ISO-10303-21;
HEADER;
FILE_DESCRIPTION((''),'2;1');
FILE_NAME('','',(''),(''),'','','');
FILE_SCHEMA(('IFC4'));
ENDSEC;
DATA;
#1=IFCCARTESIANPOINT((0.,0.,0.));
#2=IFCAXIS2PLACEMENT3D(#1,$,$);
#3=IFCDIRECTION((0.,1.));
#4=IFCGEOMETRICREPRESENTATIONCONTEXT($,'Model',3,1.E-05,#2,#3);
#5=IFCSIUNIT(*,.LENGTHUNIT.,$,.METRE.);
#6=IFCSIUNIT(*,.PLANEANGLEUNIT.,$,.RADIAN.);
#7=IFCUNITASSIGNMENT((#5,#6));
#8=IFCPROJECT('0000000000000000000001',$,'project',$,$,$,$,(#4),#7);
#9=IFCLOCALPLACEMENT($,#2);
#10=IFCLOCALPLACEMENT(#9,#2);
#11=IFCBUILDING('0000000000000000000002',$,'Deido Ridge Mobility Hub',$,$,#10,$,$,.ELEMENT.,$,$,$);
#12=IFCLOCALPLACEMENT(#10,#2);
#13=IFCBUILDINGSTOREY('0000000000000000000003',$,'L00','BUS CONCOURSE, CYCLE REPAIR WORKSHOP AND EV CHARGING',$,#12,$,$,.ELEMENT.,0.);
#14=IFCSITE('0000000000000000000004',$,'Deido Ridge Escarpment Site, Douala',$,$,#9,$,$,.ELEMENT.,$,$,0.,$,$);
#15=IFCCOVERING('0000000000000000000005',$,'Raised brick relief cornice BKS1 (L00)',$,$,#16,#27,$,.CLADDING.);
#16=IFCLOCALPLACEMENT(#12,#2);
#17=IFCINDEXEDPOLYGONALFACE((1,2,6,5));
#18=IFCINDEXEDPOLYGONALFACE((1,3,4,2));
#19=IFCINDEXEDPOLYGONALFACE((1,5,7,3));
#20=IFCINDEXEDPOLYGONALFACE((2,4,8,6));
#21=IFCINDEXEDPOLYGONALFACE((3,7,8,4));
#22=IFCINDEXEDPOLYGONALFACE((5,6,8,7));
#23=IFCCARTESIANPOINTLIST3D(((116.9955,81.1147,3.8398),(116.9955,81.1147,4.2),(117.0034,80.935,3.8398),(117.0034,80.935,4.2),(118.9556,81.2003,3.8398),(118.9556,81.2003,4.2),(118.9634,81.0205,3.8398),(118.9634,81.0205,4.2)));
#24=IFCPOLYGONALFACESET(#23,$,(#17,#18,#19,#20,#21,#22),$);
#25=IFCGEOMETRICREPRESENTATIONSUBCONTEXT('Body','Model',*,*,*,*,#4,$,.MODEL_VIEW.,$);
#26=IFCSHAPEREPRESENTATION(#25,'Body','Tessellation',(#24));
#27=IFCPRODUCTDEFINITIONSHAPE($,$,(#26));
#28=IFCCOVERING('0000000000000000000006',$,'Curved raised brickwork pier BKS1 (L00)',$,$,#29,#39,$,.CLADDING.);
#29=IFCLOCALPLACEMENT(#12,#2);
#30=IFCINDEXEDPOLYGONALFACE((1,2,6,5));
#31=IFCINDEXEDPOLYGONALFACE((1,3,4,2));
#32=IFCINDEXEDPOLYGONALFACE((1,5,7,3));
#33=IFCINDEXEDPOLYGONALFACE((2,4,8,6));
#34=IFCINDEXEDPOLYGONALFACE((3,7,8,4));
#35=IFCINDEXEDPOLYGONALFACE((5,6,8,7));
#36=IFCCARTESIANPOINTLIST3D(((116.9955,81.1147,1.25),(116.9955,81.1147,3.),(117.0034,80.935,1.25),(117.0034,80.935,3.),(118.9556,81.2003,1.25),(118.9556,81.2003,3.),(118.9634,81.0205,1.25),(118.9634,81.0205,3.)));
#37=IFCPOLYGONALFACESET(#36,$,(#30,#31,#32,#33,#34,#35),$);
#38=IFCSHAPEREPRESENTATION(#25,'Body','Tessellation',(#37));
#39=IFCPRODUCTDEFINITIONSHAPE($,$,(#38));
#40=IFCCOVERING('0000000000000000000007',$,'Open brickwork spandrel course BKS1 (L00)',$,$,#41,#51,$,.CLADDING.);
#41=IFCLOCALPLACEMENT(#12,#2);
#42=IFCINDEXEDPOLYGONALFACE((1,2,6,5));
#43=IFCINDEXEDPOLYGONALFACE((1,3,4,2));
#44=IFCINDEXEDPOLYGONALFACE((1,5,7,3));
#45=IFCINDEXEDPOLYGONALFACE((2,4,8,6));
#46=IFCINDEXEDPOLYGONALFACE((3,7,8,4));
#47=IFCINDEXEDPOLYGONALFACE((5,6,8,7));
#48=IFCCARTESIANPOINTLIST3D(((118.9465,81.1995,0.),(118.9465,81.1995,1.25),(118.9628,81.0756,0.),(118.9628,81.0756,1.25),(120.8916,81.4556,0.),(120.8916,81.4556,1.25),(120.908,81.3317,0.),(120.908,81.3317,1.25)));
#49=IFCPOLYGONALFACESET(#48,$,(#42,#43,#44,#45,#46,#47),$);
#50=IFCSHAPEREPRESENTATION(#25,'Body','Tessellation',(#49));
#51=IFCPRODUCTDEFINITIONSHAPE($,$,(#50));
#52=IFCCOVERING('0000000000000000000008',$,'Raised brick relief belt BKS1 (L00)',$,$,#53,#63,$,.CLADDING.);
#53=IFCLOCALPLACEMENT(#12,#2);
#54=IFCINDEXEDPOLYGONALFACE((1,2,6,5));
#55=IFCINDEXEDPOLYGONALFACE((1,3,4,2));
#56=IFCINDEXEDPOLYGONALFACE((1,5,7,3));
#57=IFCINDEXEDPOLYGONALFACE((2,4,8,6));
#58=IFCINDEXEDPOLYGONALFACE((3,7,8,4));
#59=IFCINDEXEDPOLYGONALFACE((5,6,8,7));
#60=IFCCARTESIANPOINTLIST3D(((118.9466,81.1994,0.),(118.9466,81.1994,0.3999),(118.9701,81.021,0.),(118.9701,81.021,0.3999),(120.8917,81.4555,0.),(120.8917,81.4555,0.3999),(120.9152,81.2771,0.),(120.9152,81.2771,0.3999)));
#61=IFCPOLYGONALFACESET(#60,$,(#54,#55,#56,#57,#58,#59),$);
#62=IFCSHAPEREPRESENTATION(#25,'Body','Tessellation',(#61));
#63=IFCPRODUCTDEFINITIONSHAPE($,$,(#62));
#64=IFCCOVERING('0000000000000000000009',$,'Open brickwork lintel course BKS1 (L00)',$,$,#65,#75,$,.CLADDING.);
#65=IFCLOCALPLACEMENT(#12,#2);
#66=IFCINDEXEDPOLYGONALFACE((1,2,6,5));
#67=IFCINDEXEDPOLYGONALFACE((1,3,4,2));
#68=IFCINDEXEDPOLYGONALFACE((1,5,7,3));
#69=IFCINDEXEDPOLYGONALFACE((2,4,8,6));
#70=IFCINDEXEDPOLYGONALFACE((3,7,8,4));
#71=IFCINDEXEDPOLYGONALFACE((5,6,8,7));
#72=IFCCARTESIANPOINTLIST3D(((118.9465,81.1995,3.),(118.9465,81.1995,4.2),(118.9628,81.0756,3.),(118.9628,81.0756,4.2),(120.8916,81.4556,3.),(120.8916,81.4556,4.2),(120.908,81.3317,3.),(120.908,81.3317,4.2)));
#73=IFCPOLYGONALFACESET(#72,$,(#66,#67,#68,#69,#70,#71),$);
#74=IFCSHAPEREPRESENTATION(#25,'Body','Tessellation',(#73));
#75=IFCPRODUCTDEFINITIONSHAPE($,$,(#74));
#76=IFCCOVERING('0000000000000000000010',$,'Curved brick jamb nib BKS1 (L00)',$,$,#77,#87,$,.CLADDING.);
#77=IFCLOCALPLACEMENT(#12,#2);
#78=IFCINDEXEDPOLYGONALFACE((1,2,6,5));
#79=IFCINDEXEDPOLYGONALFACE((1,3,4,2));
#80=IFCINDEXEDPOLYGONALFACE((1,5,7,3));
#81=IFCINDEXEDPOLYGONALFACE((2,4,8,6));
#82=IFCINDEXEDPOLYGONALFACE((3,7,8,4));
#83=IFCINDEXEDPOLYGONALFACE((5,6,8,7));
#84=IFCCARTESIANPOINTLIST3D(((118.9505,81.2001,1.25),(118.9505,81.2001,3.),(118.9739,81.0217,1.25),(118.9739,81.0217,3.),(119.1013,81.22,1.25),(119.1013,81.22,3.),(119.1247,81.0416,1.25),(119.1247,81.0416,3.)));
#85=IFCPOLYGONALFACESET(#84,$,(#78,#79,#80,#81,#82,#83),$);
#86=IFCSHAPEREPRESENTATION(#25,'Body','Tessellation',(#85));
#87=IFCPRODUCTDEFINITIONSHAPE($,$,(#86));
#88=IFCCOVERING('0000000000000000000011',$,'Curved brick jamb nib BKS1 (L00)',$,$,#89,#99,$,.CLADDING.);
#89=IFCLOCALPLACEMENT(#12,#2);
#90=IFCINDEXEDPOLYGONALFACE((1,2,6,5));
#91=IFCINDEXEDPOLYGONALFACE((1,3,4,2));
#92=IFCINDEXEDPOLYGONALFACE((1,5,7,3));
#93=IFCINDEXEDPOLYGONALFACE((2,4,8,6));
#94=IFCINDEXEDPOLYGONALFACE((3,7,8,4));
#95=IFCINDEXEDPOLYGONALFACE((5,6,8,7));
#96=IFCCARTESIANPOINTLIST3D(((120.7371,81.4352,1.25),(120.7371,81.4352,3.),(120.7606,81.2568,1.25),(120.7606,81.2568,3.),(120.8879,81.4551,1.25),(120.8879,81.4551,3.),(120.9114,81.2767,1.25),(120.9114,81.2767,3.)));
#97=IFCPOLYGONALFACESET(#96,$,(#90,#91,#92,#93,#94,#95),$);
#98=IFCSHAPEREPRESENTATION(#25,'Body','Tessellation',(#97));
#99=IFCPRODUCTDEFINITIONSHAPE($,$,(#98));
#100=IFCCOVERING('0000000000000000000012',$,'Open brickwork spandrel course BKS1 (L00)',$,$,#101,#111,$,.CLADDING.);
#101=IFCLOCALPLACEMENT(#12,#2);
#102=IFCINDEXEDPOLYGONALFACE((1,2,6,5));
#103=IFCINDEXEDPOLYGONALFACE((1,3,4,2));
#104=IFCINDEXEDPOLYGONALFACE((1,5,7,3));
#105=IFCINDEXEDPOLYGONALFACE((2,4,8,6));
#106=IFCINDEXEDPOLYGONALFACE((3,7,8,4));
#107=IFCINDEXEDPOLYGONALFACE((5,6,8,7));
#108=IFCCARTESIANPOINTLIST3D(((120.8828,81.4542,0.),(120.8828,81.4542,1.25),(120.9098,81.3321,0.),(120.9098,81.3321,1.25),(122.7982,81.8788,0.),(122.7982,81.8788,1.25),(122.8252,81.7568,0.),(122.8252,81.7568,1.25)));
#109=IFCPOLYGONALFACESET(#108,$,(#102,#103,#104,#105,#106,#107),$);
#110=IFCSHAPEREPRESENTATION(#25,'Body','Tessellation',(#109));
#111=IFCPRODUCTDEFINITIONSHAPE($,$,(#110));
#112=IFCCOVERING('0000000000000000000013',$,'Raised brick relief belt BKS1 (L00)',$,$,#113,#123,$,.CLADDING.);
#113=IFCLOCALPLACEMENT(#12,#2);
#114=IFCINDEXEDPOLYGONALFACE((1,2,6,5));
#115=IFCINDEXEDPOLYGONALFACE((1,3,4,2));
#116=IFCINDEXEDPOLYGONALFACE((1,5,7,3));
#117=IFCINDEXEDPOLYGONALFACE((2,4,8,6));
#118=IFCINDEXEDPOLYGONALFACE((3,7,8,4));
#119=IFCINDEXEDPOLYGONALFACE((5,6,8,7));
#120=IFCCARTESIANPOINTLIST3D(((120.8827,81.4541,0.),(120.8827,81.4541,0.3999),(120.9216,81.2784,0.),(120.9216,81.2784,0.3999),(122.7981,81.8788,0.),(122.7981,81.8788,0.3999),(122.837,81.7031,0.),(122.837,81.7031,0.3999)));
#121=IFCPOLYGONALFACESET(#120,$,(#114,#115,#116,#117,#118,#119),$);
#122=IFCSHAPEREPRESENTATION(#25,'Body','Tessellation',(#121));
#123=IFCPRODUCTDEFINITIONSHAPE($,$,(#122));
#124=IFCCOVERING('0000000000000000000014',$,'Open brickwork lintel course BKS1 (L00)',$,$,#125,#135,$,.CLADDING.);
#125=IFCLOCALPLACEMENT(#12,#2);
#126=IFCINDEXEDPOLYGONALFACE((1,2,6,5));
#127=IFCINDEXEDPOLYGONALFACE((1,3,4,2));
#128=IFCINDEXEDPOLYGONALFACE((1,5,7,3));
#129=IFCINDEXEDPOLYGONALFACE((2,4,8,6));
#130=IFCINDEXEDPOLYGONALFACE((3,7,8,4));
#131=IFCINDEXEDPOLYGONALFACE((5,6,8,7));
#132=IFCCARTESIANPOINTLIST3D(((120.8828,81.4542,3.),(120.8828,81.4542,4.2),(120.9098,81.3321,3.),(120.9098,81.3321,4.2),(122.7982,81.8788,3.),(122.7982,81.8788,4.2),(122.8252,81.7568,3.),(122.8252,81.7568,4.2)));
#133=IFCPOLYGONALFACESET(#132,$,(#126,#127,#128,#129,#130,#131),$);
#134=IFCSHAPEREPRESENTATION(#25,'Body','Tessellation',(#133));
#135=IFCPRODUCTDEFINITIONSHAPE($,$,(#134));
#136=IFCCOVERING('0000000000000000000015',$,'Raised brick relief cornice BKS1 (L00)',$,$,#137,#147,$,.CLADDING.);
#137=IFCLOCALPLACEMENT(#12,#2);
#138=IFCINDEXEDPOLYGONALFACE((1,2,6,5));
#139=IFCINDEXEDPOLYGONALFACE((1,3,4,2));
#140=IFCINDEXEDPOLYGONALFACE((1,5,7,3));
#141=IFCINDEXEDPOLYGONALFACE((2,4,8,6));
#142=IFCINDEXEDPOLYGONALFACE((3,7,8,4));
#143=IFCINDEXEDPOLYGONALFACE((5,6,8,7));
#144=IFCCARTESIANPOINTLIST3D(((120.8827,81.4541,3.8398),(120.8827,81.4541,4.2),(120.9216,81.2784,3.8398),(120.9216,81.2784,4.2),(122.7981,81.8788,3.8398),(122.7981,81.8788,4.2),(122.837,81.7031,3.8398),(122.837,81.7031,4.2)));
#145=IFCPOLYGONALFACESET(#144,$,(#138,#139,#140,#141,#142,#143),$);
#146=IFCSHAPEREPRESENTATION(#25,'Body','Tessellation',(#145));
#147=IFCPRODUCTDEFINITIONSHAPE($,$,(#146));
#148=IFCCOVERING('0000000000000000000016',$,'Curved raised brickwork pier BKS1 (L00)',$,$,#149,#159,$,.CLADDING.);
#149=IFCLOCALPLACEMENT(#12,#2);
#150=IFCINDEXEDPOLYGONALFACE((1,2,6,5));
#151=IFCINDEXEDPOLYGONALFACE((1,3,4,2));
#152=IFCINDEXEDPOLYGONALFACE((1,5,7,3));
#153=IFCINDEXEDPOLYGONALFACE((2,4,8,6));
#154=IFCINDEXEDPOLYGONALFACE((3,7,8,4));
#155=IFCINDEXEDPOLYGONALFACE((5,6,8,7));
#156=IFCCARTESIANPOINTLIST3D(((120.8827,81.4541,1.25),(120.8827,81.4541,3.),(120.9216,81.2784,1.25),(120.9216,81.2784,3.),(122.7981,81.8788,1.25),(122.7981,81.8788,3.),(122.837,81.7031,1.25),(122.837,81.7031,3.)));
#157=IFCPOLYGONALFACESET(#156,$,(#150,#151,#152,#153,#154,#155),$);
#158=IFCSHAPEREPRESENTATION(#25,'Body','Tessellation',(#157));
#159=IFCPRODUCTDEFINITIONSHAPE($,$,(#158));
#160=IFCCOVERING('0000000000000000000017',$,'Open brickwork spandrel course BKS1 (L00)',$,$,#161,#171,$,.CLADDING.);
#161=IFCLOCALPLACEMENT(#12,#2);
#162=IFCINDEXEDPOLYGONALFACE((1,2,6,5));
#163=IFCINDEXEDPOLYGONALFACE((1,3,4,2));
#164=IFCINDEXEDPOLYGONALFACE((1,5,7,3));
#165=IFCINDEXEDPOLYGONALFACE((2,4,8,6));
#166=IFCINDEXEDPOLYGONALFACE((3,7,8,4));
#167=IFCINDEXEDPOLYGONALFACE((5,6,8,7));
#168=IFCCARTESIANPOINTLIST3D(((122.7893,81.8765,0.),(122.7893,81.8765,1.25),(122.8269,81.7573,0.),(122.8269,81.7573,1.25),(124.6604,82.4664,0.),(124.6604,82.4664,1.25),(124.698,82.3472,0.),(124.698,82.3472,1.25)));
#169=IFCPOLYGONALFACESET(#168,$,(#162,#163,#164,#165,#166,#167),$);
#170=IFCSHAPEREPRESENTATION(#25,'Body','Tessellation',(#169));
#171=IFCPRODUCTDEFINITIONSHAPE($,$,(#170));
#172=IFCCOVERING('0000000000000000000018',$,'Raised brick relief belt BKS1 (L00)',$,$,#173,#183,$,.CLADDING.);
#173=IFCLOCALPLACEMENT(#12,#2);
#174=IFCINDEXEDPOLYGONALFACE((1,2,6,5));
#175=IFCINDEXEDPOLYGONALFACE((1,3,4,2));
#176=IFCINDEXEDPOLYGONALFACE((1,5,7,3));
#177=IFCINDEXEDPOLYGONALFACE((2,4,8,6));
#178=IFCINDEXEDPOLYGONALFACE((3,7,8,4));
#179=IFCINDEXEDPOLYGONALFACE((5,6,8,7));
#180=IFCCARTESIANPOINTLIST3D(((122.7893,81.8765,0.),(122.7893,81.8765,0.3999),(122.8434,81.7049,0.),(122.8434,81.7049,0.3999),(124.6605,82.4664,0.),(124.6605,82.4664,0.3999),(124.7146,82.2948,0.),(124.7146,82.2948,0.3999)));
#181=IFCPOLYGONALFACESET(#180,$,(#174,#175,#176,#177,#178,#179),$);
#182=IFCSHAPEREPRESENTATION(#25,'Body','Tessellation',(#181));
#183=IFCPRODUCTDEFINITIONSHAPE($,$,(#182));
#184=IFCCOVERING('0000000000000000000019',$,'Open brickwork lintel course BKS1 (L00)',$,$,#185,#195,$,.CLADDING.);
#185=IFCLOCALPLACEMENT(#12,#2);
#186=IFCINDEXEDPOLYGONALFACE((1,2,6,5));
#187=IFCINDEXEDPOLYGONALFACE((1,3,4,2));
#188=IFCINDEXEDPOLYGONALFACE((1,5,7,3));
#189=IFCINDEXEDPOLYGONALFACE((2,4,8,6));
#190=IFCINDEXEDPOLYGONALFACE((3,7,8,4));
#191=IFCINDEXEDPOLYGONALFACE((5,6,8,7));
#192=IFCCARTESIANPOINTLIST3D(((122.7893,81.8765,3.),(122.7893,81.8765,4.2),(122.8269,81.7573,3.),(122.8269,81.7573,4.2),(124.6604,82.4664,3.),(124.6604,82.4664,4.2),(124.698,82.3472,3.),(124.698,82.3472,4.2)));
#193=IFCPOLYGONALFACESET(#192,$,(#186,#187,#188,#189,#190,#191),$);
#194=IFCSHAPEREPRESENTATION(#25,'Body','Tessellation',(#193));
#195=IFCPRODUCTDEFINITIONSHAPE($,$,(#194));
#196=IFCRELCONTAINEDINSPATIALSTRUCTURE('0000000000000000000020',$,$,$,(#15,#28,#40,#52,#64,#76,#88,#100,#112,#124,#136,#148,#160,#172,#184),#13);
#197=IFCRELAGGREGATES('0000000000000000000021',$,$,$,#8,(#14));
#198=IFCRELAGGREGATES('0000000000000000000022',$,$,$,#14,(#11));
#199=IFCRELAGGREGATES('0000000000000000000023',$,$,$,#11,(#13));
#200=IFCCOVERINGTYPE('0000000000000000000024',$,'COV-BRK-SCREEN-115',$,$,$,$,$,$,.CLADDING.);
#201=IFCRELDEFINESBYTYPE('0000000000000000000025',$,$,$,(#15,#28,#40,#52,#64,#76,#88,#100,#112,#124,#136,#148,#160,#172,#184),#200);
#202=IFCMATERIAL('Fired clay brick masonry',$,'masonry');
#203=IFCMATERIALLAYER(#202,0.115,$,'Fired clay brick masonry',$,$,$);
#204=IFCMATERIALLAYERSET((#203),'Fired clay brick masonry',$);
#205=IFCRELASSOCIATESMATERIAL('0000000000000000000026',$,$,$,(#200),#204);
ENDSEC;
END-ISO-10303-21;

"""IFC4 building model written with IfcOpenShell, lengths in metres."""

from ifc_helpers import new_model, si_unit, direction, frame, origin, origin_2d, place, context, subcontext, project, spatial, rectangle, extrude, material, layer, layer_set, type_object, element, save


model = new_model("IFC4")

# Units and contexts
model_context = context("Model", 3, precision=1e-05, world=origin(), true_north=direction((0.0, 1.0)))
body_context = subcontext(model_context, "Body", "Model", "MODEL_VIEW")
ifc_project = project(units=[si_unit("LENGTHUNIT", "METRE"), si_unit("PLANEANGLEUNIT", "RADIAN")], contexts=[model_context])

# Site, building, storey
site_placement = place(None, origin())
site = spatial("IfcSite", under=ifc_project, at=site_placement, Name="Deido Ridge Escarpment Site, Douala", CompositionType="ELEMENT", RefElevation=0.0)
building_placement = place(site_placement, origin())
building = spatial("IfcBuilding", under=site, at=building_placement, Name="Deido Ridge Mobility Hub", CompositionType="ELEMENT")
storey_placement = place(building_placement, origin())
storey = spatial("IfcBuildingStorey", under=building, at=storey_placement, Name="L00", Description="BUS CONCOURSE, CYCLE REPAIR WORKSHOP AND EV CHARGING", CompositionType="ELEMENT", Elevation=0.0)

# Coverings
ifc_material_1 = material(Name="Fired clay brick masonry", Category="masonry")
ifc_layer = layer(ifc_material_1, 0.115, Name="Fired clay brick masonry")
ifc_layer_set = layer_set([ifc_layer], Name="Fired clay brick masonry")
covering_type = type_object("IfcCoveringType", Name="COV-BRK-SCREEN-115", PredefinedType="CLADDING", material=ifc_layer_set)
covering_1_placement = place(storey_placement, frame((117.9795, 81.0676, 3.8398), z_axis=(0.0, 0.0, 1.0), x_axis=(0.999049, 0.043602, 0.0)))
element("IfcCovering", 1, at=covering_1_placement, inside=storey, type_object=covering_type, Name="Raised brick relief cornice BKS1 (L00)", PredefinedType="CLADDING", context=body_context, shape_type="SweptSolid", body=[
    extrude(rectangle(XDim=1.9619, YDim=0.1799, at=origin_2d()), origin(), (0.0, 0.0, 1.0), 0.3601),
])
covering_2_placement = place(storey_placement, frame((117.9795, 81.0676, 1.25), z_axis=(0.0, 0.0, 1.0), x_axis=(0.999049, 0.043602, 0.0)))
element("IfcCovering", 2, at=covering_2_placement, inside=storey, type_object=covering_type, Name="Curved raised brickwork pier BKS1 (L00)", PredefinedType="CLADDING", context=body_context, shape_type="SweptSolid", body=[
    extrude(rectangle(XDim=1.9619, YDim=0.1799, at=origin_2d()), origin(), (0.0, 0.0, 1.0), 1.75),
])
covering_3_placement = place(storey_placement, frame((119.9272, 81.2656, 0.0), z_axis=(0.0, 0.0, 1.0), x_axis=(0.991443, 0.130543, 0.0)))
element("IfcCovering", 3, at=covering_3_placement, inside=storey, type_object=covering_type, Name="Open brickwork spandrel course BKS1 (L00)", PredefinedType="CLADDING", context=body_context, shape_type="SweptSolid", body=[
    extrude(rectangle(XDim=1.9619, YDim=0.125, at=origin_2d()), origin(), (0.0, 0.0, 1.0), 1.25),
])
covering_4_placement = place(storey_placement, frame((119.9309, 81.2383, 0.0), z_axis=(0.0, 0.0, 1.0), x_axis=(0.991443, 0.130543, 0.0)))
element("IfcCovering", 4, at=covering_4_placement, inside=storey, type_object=covering_type, Name="Raised brick relief belt BKS1 (L00)", PredefinedType="CLADDING", context=body_context, shape_type="SweptSolid", body=[
    extrude(rectangle(XDim=1.9619, YDim=0.1799, at=origin_2d()), origin(), (0.0, 0.0, 1.0), 0.3999),
])
covering_5_placement = place(storey_placement, frame((119.9272, 81.2656, 3.0), z_axis=(0.0, 0.0, 1.0), x_axis=(0.991443, 0.130543, 0.0)))
element("IfcCovering", 5, at=covering_5_placement, inside=storey, type_object=covering_type, Name="Open brickwork lintel course BKS1 (L00)", PredefinedType="CLADDING", context=body_context, shape_type="SweptSolid", body=[
    extrude(rectangle(XDim=1.9619, YDim=0.125, at=origin_2d()), origin(), (0.0, 0.0, 1.0), 1.2),
])
for number, where, z_axis, x_axis, name in (
    (6, (119.0376, 81.1208, 1.25), (0.0, 0.0, 1.0), (0.991443, 0.130543, 0.0), "Curved brick jamb nib BKS1 (L00)"),
    (7, (120.8242, 81.356, 1.25), (0.0, 0.0, 1.0), (0.991443, 0.130543, 0.0), "Curved brick jamb nib BKS1 (L00)"),
):
    element("IfcCovering", number, at=place(storey_placement, frame(where, z_axis=z_axis, x_axis=x_axis)), inside=storey, type_object=covering_type, Name=name, PredefinedType="CLADDING", context=body_context, shape_type="SweptSolid", body=[
        extrude(rectangle(XDim=0.1521, YDim=0.1799, at=origin_2d()), origin(), (0.0, 0.0, 1.0), 1.75),
    ])
covering_6_placement = place(storey_placement, frame((121.854, 81.6055, 0.0), z_axis=(0.0, 0.0, 1.0), x_axis=(0.976292, 0.216457, 0.0)))
element("IfcCovering", 8, at=covering_6_placement, inside=storey, type_object=covering_type, Name="Open brickwork spandrel course BKS1 (L00)", PredefinedType="CLADDING", context=body_context, shape_type="SweptSolid", body=[
    extrude(rectangle(XDim=1.9619, YDim=0.125, at=origin_2d()), origin(), (0.0, 0.0, 1.0), 1.25),
])
covering_7_placement = place(storey_placement, frame((121.8599, 81.5786, 0.0), z_axis=(0.0, 0.0, 1.0), x_axis=(0.976292, 0.216457, 0.0)))
element("IfcCovering", 9, at=covering_7_placement, inside=storey, type_object=covering_type, Name="Raised brick relief belt BKS1 (L00)", PredefinedType="CLADDING", context=body_context, shape_type="SweptSolid", body=[
    extrude(rectangle(XDim=1.9619, YDim=0.1799, at=origin_2d()), origin(), (0.0, 0.0, 1.0), 0.3999),
])
covering_8_placement = place(storey_placement, frame((121.854, 81.6055, 3.0), z_axis=(0.0, 0.0, 1.0), x_axis=(0.976292, 0.216457, 0.0)))
element("IfcCovering", 10, at=covering_8_placement, inside=storey, type_object=covering_type, Name="Open brickwork lintel course BKS1 (L00)", PredefinedType="CLADDING", context=body_context, shape_type="SweptSolid", body=[
    extrude(rectangle(XDim=1.9619, YDim=0.125, at=origin_2d()), origin(), (0.0, 0.0, 1.0), 1.2),
])
covering_9_placement = place(storey_placement, frame((121.8599, 81.5786, 3.8398), z_axis=(0.0, 0.0, 1.0), x_axis=(0.976292, 0.216457, 0.0)))
element("IfcCovering", 11, at=covering_9_placement, inside=storey, type_object=covering_type, Name="Raised brick relief cornice BKS1 (L00)", PredefinedType="CLADDING", context=body_context, shape_type="SweptSolid", body=[
    extrude(rectangle(XDim=1.9619, YDim=0.1799, at=origin_2d()), origin(), (0.0, 0.0, 1.0), 0.3601),
])
covering_10_placement = place(storey_placement, frame((121.8599, 81.5786, 1.25), z_axis=(0.0, 0.0, 1.0), x_axis=(0.976292, 0.216457, 0.0)))
element("IfcCovering", 12, at=covering_10_placement, inside=storey, type_object=covering_type, Name="Curved raised brickwork pier BKS1 (L00)", PredefinedType="CLADDING", context=body_context, shape_type="SweptSolid", body=[
    extrude(rectangle(XDim=1.9619, YDim=0.1799, at=origin_2d()), origin(), (0.0, 0.0, 1.0), 1.75),
])
covering_11_placement = place(storey_placement, frame((123.7437, 82.1118, 0.0), z_axis=(0.0, 0.0, 1.0), x_axis=(0.953727, 0.300673, 0.0)))
element("IfcCovering", 13, at=covering_11_placement, inside=storey, type_object=covering_type, Name="Open brickwork spandrel course BKS1 (L00)", PredefinedType="CLADDING", context=body_context, shape_type="SweptSolid", body=[
    extrude(rectangle(XDim=1.9619, YDim=0.125, at=origin_2d()), origin(), (0.0, 0.0, 1.0), 1.25),
])
covering_12_placement = place(storey_placement, frame((123.752, 82.0857, 0.0), z_axis=(0.0, 0.0, 1.0), x_axis=(0.953727, 0.300673, 0.0)))
element("IfcCovering", 14, at=covering_12_placement, inside=storey, type_object=covering_type, Name="Raised brick relief belt BKS1 (L00)", PredefinedType="CLADDING", context=body_context, shape_type="SweptSolid", body=[
    extrude(rectangle(XDim=1.9619, YDim=0.1799, at=origin_2d()), origin(), (0.0, 0.0, 1.0), 0.3999),
])
covering_13_placement = place(storey_placement, frame((123.7437, 82.1118, 3.0), z_axis=(0.0, 0.0, 1.0), x_axis=(0.953727, 0.300673, 0.0)))
element("IfcCovering", 15, at=covering_13_placement, inside=storey, type_object=covering_type, Name="Open brickwork lintel course BKS1 (L00)", PredefinedType="CLADDING", context=body_context, shape_type="SweptSolid", body=[
    extrude(rectangle(XDim=1.9619, YDim=0.125, at=origin_2d()), origin(), (0.0, 0.0, 1.0), 1.2),
])

save(model, "model.ifc")
